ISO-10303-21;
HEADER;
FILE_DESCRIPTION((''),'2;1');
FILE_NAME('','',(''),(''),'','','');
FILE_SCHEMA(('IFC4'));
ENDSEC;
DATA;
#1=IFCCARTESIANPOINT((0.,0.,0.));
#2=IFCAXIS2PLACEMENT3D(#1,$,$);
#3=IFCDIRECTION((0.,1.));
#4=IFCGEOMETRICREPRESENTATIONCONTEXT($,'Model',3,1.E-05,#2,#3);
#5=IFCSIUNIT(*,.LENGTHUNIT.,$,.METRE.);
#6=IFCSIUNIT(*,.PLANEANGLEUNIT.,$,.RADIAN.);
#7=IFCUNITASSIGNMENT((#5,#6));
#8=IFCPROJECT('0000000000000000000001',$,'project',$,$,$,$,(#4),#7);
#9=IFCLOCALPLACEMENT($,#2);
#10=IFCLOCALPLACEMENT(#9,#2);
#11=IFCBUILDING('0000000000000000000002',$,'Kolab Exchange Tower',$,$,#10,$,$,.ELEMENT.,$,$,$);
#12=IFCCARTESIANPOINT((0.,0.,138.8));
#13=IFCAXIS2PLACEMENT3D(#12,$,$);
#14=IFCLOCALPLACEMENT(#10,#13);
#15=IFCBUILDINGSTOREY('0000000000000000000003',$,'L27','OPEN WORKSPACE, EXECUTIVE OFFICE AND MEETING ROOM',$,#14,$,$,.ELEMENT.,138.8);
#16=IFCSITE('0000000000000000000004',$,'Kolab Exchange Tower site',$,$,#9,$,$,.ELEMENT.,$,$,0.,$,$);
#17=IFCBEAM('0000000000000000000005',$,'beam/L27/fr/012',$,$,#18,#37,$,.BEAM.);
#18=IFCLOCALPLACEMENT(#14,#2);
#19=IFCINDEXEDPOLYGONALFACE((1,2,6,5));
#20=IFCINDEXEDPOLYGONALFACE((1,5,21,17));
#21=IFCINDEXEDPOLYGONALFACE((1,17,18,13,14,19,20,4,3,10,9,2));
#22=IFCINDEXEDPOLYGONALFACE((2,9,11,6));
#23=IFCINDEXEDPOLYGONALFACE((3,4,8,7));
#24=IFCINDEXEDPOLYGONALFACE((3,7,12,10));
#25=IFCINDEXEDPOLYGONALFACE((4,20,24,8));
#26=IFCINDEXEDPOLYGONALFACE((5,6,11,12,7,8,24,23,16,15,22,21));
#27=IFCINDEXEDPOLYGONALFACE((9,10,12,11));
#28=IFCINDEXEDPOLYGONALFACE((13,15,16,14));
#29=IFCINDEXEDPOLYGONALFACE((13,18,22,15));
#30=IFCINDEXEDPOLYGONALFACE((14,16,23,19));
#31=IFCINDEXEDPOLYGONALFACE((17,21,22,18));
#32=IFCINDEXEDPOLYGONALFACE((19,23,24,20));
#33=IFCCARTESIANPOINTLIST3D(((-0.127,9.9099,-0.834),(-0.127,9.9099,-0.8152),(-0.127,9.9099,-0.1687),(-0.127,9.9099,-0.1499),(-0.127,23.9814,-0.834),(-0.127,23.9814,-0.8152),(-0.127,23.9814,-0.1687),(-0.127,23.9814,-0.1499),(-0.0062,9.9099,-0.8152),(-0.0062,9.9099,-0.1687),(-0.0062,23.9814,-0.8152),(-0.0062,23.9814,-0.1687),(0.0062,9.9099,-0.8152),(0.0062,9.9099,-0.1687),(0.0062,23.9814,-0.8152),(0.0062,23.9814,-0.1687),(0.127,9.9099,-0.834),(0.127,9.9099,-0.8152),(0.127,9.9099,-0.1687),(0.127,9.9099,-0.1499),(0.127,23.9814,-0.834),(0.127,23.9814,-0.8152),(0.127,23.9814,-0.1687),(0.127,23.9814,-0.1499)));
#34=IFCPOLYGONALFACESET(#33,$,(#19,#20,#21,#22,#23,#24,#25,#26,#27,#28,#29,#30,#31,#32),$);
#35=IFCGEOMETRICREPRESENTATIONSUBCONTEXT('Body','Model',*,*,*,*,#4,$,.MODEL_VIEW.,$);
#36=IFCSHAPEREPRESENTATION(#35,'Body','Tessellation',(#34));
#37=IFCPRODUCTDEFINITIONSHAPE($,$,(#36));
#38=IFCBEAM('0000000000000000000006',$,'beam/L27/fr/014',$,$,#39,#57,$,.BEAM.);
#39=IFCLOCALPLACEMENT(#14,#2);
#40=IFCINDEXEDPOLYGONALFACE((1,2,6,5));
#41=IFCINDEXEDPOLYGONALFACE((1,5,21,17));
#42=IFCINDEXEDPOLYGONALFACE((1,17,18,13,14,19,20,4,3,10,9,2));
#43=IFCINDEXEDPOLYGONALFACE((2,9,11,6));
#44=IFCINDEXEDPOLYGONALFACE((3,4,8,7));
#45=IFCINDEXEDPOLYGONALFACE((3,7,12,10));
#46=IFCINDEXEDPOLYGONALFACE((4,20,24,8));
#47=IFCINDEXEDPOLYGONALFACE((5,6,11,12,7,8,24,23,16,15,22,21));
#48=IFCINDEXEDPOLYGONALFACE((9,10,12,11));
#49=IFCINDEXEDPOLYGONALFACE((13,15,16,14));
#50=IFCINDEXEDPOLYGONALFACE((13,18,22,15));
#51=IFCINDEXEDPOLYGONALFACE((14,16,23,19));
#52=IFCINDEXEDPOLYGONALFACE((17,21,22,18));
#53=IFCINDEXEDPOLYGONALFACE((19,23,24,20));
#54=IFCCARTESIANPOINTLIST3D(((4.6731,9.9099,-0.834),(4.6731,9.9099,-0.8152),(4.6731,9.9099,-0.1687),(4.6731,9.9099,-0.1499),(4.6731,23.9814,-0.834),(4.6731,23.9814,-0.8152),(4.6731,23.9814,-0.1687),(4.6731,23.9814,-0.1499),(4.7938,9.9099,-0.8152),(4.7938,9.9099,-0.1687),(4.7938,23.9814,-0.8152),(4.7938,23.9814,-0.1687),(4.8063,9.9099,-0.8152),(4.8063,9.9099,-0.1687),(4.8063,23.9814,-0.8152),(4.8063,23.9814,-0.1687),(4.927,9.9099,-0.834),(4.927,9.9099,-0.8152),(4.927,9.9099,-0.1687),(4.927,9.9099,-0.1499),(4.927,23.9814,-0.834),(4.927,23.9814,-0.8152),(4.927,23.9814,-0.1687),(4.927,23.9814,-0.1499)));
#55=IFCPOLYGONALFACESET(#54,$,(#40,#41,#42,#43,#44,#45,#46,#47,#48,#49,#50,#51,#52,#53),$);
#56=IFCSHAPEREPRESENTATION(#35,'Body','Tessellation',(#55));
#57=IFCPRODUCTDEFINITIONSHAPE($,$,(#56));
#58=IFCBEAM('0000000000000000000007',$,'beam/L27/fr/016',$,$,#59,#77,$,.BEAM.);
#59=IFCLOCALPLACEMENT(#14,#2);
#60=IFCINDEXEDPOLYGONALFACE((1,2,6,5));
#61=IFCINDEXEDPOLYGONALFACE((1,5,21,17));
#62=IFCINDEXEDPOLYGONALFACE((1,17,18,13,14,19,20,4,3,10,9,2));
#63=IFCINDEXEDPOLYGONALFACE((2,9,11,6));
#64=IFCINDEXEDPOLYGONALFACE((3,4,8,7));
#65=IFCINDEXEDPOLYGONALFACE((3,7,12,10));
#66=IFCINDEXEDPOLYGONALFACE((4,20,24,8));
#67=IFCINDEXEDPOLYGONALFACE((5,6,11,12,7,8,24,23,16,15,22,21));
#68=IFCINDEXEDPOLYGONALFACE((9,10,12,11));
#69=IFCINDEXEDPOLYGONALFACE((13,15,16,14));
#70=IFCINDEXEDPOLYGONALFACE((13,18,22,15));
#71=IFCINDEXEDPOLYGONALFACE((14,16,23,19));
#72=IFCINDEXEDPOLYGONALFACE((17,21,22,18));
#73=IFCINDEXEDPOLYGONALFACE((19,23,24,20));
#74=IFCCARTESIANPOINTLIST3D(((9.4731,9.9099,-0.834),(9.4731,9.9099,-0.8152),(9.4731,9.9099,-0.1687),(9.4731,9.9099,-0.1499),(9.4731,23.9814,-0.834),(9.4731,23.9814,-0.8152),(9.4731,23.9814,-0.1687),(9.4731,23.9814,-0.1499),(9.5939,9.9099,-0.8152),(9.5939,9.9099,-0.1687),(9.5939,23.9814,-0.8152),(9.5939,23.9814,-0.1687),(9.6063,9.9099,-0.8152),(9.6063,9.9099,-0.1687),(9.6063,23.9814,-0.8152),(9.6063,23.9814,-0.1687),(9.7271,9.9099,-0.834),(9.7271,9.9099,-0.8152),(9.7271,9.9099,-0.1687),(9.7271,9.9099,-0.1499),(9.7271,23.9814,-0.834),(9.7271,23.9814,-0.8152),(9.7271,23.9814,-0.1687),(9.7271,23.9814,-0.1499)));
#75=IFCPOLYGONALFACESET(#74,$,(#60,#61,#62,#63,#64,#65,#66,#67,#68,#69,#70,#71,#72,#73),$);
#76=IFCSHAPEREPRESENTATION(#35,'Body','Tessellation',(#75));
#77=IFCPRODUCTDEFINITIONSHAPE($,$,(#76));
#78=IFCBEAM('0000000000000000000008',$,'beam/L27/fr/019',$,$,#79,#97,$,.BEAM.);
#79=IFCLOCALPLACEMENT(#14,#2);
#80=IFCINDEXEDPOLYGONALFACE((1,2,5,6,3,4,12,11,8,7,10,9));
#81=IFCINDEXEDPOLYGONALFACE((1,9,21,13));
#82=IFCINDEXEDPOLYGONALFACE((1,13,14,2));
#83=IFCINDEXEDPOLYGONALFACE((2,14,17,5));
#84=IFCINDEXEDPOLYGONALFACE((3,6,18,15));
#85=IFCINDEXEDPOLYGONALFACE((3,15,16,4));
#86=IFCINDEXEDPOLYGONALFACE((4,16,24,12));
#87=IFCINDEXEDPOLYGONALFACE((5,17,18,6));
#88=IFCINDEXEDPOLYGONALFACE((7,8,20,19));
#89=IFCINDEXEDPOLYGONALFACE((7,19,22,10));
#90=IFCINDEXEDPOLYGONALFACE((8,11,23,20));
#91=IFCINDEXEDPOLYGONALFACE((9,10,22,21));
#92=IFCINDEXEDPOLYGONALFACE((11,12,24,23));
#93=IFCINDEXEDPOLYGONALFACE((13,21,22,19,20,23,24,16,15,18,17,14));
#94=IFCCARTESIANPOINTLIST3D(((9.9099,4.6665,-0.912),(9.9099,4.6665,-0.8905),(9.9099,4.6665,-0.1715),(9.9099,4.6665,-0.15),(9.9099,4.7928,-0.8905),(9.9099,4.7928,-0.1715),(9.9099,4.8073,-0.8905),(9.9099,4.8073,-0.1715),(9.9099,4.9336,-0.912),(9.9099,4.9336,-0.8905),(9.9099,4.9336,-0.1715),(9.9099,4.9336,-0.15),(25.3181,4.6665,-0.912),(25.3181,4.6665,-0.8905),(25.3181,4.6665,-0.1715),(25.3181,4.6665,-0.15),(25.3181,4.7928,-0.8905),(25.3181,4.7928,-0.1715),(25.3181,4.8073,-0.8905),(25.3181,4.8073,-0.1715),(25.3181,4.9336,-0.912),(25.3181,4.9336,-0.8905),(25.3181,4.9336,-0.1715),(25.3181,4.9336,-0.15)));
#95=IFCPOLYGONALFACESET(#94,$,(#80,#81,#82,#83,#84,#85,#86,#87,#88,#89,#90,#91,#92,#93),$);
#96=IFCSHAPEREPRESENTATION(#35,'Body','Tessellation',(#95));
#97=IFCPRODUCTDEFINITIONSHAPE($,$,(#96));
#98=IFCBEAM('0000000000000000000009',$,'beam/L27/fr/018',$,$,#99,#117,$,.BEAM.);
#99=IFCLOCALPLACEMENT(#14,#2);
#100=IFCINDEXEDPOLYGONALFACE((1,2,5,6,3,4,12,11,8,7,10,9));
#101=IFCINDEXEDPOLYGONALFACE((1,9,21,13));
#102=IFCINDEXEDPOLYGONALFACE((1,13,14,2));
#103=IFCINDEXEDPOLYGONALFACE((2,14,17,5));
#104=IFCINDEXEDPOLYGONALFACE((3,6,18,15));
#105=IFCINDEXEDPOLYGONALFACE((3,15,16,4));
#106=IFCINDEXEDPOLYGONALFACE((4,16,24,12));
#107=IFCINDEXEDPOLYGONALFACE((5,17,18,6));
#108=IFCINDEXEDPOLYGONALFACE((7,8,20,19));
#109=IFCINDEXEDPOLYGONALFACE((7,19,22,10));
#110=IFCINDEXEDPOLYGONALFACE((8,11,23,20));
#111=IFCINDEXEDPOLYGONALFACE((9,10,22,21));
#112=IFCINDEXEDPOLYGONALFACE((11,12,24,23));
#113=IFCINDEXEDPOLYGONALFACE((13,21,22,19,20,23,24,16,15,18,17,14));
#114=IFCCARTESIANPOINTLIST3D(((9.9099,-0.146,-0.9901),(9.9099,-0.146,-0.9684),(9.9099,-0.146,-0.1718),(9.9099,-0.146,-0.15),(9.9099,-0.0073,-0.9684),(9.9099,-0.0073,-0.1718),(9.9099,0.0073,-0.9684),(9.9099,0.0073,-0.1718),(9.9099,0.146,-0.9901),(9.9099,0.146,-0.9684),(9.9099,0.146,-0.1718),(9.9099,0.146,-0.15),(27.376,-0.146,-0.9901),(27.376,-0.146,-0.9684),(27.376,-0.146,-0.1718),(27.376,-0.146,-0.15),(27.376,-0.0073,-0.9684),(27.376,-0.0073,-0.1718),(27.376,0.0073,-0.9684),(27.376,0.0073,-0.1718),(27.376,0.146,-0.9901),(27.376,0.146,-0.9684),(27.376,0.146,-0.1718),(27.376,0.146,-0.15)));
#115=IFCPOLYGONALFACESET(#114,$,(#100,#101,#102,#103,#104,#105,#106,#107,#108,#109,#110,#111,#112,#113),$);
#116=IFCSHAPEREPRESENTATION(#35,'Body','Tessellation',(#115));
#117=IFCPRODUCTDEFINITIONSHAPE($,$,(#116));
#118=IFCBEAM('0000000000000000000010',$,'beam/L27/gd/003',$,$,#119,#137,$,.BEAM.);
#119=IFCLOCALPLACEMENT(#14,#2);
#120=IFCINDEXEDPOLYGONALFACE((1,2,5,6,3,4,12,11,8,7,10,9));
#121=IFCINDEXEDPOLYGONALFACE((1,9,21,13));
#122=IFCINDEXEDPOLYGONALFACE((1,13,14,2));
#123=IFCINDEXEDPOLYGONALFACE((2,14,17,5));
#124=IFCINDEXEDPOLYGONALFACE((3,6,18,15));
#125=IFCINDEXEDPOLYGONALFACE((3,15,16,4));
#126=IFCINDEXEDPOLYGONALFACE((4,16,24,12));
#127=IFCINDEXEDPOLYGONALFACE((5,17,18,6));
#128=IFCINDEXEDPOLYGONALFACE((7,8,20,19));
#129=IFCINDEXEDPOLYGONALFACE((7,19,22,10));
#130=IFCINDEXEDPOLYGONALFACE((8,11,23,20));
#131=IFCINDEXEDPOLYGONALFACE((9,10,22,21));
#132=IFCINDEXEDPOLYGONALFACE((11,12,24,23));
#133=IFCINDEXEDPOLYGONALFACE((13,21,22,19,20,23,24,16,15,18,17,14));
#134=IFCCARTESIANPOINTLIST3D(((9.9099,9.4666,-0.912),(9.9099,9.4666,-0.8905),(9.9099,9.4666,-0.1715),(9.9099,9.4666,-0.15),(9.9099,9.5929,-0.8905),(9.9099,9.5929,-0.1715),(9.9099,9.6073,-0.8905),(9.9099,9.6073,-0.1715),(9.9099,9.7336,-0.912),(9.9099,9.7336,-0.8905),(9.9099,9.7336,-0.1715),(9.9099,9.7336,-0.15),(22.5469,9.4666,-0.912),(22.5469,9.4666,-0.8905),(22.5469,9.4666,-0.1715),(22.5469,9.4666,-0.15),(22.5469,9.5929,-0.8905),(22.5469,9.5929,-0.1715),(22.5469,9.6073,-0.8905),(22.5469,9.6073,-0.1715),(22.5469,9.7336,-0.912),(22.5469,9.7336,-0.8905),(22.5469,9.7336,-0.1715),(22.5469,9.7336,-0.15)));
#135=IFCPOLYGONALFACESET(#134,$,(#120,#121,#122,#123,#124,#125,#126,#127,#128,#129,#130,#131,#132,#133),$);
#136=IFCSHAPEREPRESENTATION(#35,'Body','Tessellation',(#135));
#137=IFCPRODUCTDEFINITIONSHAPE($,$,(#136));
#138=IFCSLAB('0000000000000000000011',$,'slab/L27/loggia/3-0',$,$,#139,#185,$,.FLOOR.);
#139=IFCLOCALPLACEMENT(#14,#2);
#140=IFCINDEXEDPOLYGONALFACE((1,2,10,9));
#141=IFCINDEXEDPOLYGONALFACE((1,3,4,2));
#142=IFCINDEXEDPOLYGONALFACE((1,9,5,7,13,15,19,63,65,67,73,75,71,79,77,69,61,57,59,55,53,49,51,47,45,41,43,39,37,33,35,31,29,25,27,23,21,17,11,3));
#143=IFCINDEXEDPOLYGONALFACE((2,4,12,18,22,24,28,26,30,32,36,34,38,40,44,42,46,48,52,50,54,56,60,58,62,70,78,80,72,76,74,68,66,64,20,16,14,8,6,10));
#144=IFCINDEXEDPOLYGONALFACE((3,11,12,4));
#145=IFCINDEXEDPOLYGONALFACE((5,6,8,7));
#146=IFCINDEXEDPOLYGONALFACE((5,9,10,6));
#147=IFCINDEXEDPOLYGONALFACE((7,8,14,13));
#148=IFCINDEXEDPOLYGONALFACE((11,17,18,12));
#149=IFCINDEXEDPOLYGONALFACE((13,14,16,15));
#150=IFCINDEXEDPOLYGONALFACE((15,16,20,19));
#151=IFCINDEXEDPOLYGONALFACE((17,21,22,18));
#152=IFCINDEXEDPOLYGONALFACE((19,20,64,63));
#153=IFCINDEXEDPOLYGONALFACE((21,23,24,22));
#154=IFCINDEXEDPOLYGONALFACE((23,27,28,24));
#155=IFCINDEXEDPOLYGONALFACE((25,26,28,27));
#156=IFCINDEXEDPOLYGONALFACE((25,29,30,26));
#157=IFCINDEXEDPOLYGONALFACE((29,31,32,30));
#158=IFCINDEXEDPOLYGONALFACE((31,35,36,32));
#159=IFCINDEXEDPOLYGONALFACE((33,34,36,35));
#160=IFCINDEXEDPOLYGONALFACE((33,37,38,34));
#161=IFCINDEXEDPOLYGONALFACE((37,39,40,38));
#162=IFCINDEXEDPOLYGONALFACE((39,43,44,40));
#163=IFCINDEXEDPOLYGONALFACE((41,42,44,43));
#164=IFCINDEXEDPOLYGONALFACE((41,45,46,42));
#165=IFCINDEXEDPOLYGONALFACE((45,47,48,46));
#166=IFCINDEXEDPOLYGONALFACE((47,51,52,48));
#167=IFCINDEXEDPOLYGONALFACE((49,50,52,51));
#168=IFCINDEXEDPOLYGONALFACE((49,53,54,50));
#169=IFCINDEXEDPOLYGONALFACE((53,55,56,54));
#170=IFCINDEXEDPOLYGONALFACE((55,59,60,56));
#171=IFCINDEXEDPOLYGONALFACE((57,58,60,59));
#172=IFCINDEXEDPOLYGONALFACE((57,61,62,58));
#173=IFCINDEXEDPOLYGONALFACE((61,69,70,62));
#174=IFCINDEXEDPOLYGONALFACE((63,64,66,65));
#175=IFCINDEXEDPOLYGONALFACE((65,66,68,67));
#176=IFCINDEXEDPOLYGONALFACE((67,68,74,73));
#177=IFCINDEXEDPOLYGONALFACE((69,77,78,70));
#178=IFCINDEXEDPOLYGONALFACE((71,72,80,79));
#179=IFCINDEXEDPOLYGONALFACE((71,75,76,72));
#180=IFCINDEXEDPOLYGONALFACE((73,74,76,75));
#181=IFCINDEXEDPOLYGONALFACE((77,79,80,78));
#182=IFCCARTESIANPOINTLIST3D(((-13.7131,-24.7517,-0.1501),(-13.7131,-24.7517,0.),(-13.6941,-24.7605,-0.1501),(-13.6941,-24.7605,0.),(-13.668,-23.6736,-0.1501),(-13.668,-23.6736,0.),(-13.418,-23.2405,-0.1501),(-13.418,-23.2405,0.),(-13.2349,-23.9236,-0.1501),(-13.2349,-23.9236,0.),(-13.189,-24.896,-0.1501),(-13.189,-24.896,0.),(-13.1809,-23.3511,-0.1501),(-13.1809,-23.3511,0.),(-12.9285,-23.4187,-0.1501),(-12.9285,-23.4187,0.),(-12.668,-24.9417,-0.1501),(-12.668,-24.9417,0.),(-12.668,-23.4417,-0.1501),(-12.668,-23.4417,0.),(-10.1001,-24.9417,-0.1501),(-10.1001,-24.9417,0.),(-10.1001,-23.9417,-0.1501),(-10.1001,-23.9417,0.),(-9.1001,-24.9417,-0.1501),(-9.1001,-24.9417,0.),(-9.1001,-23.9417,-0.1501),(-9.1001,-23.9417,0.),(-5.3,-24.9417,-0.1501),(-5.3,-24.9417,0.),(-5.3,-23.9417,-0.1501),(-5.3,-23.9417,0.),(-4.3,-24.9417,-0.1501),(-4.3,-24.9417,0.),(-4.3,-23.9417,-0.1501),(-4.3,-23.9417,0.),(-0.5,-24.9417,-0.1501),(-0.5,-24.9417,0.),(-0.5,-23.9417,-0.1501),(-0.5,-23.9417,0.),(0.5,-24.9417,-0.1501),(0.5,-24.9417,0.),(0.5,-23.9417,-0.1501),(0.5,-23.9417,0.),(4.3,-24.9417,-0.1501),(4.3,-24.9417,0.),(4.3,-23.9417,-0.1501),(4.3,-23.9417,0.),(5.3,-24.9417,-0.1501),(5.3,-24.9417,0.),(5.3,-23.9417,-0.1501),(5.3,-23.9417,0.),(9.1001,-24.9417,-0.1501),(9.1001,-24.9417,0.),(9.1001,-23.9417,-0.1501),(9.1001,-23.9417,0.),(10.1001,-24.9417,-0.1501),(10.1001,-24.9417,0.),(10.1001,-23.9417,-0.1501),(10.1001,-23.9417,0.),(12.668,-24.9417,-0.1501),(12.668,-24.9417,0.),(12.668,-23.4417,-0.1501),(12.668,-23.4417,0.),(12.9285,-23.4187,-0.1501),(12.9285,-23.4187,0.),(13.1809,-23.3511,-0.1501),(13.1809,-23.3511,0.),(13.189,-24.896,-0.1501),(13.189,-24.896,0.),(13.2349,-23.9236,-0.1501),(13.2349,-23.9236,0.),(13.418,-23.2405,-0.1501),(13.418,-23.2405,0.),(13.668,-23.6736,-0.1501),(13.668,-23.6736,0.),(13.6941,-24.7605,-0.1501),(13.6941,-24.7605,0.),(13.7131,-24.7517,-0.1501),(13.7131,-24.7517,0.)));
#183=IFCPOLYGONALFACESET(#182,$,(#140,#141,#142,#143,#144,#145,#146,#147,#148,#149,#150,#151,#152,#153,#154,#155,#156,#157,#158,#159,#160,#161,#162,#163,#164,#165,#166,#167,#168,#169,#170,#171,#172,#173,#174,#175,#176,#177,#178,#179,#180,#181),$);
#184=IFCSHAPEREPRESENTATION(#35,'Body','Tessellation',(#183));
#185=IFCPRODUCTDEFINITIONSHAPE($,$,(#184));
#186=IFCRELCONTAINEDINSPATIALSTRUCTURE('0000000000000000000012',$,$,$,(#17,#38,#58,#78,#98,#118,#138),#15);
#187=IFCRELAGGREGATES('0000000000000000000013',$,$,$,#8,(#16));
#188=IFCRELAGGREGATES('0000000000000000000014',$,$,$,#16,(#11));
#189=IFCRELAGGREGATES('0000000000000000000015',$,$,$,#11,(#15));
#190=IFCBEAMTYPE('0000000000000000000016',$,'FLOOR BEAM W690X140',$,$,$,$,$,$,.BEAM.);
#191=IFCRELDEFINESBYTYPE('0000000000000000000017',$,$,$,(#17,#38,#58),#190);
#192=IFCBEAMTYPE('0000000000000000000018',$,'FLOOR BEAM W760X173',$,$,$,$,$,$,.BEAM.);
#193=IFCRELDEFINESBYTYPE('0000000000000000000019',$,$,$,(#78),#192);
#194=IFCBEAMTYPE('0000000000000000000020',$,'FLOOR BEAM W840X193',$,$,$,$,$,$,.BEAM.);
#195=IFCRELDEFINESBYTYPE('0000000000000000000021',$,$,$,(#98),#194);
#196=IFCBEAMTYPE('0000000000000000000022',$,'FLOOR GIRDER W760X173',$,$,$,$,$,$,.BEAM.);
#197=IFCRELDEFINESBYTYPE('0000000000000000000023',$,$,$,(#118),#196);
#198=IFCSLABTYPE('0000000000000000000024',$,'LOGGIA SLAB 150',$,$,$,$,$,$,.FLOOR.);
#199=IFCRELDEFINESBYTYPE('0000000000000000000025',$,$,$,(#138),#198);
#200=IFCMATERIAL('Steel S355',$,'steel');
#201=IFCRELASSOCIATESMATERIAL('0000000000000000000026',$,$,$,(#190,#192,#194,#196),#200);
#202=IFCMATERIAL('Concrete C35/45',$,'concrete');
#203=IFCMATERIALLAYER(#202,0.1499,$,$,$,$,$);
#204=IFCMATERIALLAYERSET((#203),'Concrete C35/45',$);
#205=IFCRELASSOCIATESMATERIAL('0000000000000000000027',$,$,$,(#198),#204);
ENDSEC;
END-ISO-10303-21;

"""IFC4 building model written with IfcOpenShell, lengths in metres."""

from ifc_helpers import new_model, si_unit, direction, frame, origin, origin_2d, place, context, subcontext, project, spatial, polyline, i_section, outline, extrude, material, layer, layer_set, material_profile, profile_set, type_object, element, save


model = new_model("IFC4")

# Units and contexts
model_context = context("Model", 3, precision=1e-05, world=origin(), true_north=direction((0.0, 1.0)))
body_context = subcontext(model_context, "Body", "Model", "MODEL_VIEW")
ifc_project = project(units=[si_unit("LENGTHUNIT", "METRE"), si_unit("PLANEANGLEUNIT", "RADIAN")], contexts=[model_context])

# Site, building, storey
site_placement = place(None, origin())
site = spatial("IfcSite", under=ifc_project, at=site_placement, Name="Kolab Exchange Tower site", CompositionType="ELEMENT", RefElevation=0.0)
building_placement = place(site_placement, origin())
building = spatial("IfcBuilding", under=site, at=building_placement, Name="Kolab Exchange Tower", CompositionType="ELEMENT")
storey_placement = place(building_placement, frame((0.0, 0.0, 138.8)))
storey = spatial("IfcBuildingStorey", under=building, at=storey_placement, Name="L27", Description="OPEN WORKSPACE, EXECUTIVE OFFICE AND MEETING ROOM", CompositionType="ELEMENT", Elevation=138.8)

# Beams
ifc_material_1 = material(Name="Steel S355", Category="steel")
ifc_material_profile_1 = material_profile(ifc_material_1, i_section(OverallWidth=0.2539, OverallDepth=0.6841, WebThickness=0.0125, FlangeThickness=0.0188, at=origin_2d()), Name="W690X140")
ifc_profile_set_1 = profile_set([ifc_material_profile_1], Name="Steel S355")
beam_type_1 = type_object("IfcBeamType", Name="FLOOR BEAM W690X140", PredefinedType="BEAM", material=ifc_profile_set_1)
for number, where, z_axis, x_axis, name in (
    (1, (0.0, 9.9099, -0.4919), (0.0, 1.0, 0.0), (-1.0, 0.0, 0.0), "beam/L27/fr/012"),
    (2, (4.8, 9.9099, -0.4919), (0.0, 1.0, 0.0), (-1.0, 0.0, 0.0), "beam/L27/fr/014"),
    (3, (9.6001, 9.9099, -0.4919), (0.0, 1.0, 0.0), (-1.0, 0.0, 0.0), "beam/L27/fr/016"),
):
    element("IfcBeam", number, at=place(storey_placement, frame(where, z_axis=z_axis, x_axis=x_axis)), inside=storey, type_object=beam_type_1, Name=name, PredefinedType="BEAM", context=body_context, shape_type="SweptSolid", body=[
        extrude(i_section(OverallWidth=0.2539, OverallDepth=0.6841, WebThickness=0.0125, FlangeThickness=0.0188, at=origin_2d()), origin(), (0.0, 0.0, 1.0), 14.0715),
    ])
ifc_material_profile_2 = material_profile(ifc_material_1, i_section(OverallWidth=0.2671, OverallDepth=0.762, WebThickness=0.0144, FlangeThickness=0.0215, at=origin_2d()), Name="W760X173")
ifc_profile_set_2 = profile_set([ifc_material_profile_2], Name="Steel S355")
beam_type_2 = type_object("IfcBeamType", Name="FLOOR BEAM W760X173", PredefinedType="BEAM", material=ifc_profile_set_2)
beam_1_placement = place(storey_placement, frame((9.9099, 4.8, -0.531), z_axis=(1.0, 0.0, 0.0), x_axis=(0.0, 1.0, 0.0)))
element("IfcBeam", 4, at=beam_1_placement, inside=storey, type_object=beam_type_2, Name="beam/L27/fr/019", PredefinedType="BEAM", context=body_context, shape_type="SweptSolid", body=[
    extrude(i_section(OverallWidth=0.2671, OverallDepth=0.762, WebThickness=0.0144, FlangeThickness=0.0215, at=origin_2d()), origin(), (0.0, 0.0, 1.0), 15.4082),
])
ifc_material_profile_3 = material_profile(ifc_material_1, i_section(OverallWidth=0.292, OverallDepth=0.8401, WebThickness=0.0146, FlangeThickness=0.0217, at=origin_2d()), Name="W840X193")
ifc_profile_set_3 = profile_set([ifc_material_profile_3], Name="Steel S355")
beam_type_3 = type_object("IfcBeamType", Name="FLOOR BEAM W840X193", PredefinedType="BEAM", material=ifc_profile_set_3)
beam_2_placement = place(storey_placement, frame((9.9099, 0.0, -0.5701), z_axis=(1.0, 0.0, 0.0), x_axis=(0.0, 1.0, 0.0)))
element("IfcBeam", 5, at=beam_2_placement, inside=storey, type_object=beam_type_3, Name="beam/L27/fr/018", PredefinedType="BEAM", context=body_context, shape_type="SweptSolid", body=[
    extrude(i_section(OverallWidth=0.292, OverallDepth=0.8401, WebThickness=0.0146, FlangeThickness=0.0217, at=origin_2d()), origin(), (0.0, 0.0, 1.0), 17.4661),
])
ifc_material_profile_4 = material_profile(ifc_material_1, i_section(OverallWidth=0.2671, OverallDepth=0.762, WebThickness=0.0144, FlangeThickness=0.0215, at=origin_2d()), Name="W760X173")
ifc_profile_set_4 = profile_set([ifc_material_profile_4], Name="Steel S355")
beam_type_4 = type_object("IfcBeamType", Name="FLOOR GIRDER W760X173", PredefinedType="BEAM", material=ifc_profile_set_4)
beam_3_placement = place(storey_placement, frame((9.9099, 9.6001, -0.531), z_axis=(1.0, 0.0, 0.0), x_axis=(0.0, 1.0, 0.0)))
element("IfcBeam", 6, at=beam_3_placement, inside=storey, type_object=beam_type_4, Name="beam/L27/gd/003", PredefinedType="BEAM", context=body_context, shape_type="SweptSolid", body=[
    extrude(i_section(OverallWidth=0.2671, OverallDepth=0.762, WebThickness=0.0144, FlangeThickness=0.0215, at=origin_2d()), origin(), (0.0, 0.0, 1.0), 12.637),
])

# Slab
ifc_material_2 = material(Name="Concrete C35/45", Category="concrete")
ifc_layer_1 = layer(ifc_material_2, 0.1499)
ifc_layer_set_1 = layer_set([ifc_layer_1], Name="Concrete C35/45")
slab_type_1 = type_object("IfcSlabType", Name="LOGGIA SLAB 150", PredefinedType="FLOOR", material=ifc_layer_set_1)
slab_1_placement = place(storey_placement, frame((0.0, 0.0, -0.1501)))
element("IfcSlab", 7, at=slab_1_placement, inside=storey, type_object=slab_type_1, Name="slab/L27/loggia/3-0", PredefinedType="FLOOR", context=body_context, shape_type="SweptSolid", body=[
    extrude(outline(polyline([(-13.418, -23.2405), (-13.668, -23.6736), (-13.2349, -23.9236), (-13.7131, -24.7517), (-13.6941, -24.7605), (-13.189, -24.896), (-12.668, -24.9417), (-10.1001, -24.9417), (-10.1001, -23.9417), (-9.1001, -23.9417), (-9.1001, -24.9417), (-5.3, -24.9417), (-5.3, -23.9417), (-4.3, -23.9417), (-4.3, -24.9417), (-0.5, -24.9417), (-0.5, -23.9417), (0.5, -23.9417), (0.5, -24.9417), (4.3, -24.9417), (4.3, -23.9417), (5.3, -23.9417), (5.3, -24.9417), (9.1001, -24.9417), (9.1001, -23.9417), (10.1001, -23.9417), (10.1001, -24.9417), (12.668, -24.9417), (13.189, -24.896), (13.6941, -24.7605), (13.7131, -24.7517), (13.2349, -23.9236), (13.668, -23.6736), (13.418, -23.2405), (13.1809, -23.3511), (12.9285, -23.4187), (12.668, -23.4417), (-12.668, -23.4417), (-12.9285, -23.4187), (-13.1809, -23.3511), (-13.418, -23.2405)])), origin(), (0.0, 0.0, 1.0), 0.1501),
])

save(model, "model.ifc")
